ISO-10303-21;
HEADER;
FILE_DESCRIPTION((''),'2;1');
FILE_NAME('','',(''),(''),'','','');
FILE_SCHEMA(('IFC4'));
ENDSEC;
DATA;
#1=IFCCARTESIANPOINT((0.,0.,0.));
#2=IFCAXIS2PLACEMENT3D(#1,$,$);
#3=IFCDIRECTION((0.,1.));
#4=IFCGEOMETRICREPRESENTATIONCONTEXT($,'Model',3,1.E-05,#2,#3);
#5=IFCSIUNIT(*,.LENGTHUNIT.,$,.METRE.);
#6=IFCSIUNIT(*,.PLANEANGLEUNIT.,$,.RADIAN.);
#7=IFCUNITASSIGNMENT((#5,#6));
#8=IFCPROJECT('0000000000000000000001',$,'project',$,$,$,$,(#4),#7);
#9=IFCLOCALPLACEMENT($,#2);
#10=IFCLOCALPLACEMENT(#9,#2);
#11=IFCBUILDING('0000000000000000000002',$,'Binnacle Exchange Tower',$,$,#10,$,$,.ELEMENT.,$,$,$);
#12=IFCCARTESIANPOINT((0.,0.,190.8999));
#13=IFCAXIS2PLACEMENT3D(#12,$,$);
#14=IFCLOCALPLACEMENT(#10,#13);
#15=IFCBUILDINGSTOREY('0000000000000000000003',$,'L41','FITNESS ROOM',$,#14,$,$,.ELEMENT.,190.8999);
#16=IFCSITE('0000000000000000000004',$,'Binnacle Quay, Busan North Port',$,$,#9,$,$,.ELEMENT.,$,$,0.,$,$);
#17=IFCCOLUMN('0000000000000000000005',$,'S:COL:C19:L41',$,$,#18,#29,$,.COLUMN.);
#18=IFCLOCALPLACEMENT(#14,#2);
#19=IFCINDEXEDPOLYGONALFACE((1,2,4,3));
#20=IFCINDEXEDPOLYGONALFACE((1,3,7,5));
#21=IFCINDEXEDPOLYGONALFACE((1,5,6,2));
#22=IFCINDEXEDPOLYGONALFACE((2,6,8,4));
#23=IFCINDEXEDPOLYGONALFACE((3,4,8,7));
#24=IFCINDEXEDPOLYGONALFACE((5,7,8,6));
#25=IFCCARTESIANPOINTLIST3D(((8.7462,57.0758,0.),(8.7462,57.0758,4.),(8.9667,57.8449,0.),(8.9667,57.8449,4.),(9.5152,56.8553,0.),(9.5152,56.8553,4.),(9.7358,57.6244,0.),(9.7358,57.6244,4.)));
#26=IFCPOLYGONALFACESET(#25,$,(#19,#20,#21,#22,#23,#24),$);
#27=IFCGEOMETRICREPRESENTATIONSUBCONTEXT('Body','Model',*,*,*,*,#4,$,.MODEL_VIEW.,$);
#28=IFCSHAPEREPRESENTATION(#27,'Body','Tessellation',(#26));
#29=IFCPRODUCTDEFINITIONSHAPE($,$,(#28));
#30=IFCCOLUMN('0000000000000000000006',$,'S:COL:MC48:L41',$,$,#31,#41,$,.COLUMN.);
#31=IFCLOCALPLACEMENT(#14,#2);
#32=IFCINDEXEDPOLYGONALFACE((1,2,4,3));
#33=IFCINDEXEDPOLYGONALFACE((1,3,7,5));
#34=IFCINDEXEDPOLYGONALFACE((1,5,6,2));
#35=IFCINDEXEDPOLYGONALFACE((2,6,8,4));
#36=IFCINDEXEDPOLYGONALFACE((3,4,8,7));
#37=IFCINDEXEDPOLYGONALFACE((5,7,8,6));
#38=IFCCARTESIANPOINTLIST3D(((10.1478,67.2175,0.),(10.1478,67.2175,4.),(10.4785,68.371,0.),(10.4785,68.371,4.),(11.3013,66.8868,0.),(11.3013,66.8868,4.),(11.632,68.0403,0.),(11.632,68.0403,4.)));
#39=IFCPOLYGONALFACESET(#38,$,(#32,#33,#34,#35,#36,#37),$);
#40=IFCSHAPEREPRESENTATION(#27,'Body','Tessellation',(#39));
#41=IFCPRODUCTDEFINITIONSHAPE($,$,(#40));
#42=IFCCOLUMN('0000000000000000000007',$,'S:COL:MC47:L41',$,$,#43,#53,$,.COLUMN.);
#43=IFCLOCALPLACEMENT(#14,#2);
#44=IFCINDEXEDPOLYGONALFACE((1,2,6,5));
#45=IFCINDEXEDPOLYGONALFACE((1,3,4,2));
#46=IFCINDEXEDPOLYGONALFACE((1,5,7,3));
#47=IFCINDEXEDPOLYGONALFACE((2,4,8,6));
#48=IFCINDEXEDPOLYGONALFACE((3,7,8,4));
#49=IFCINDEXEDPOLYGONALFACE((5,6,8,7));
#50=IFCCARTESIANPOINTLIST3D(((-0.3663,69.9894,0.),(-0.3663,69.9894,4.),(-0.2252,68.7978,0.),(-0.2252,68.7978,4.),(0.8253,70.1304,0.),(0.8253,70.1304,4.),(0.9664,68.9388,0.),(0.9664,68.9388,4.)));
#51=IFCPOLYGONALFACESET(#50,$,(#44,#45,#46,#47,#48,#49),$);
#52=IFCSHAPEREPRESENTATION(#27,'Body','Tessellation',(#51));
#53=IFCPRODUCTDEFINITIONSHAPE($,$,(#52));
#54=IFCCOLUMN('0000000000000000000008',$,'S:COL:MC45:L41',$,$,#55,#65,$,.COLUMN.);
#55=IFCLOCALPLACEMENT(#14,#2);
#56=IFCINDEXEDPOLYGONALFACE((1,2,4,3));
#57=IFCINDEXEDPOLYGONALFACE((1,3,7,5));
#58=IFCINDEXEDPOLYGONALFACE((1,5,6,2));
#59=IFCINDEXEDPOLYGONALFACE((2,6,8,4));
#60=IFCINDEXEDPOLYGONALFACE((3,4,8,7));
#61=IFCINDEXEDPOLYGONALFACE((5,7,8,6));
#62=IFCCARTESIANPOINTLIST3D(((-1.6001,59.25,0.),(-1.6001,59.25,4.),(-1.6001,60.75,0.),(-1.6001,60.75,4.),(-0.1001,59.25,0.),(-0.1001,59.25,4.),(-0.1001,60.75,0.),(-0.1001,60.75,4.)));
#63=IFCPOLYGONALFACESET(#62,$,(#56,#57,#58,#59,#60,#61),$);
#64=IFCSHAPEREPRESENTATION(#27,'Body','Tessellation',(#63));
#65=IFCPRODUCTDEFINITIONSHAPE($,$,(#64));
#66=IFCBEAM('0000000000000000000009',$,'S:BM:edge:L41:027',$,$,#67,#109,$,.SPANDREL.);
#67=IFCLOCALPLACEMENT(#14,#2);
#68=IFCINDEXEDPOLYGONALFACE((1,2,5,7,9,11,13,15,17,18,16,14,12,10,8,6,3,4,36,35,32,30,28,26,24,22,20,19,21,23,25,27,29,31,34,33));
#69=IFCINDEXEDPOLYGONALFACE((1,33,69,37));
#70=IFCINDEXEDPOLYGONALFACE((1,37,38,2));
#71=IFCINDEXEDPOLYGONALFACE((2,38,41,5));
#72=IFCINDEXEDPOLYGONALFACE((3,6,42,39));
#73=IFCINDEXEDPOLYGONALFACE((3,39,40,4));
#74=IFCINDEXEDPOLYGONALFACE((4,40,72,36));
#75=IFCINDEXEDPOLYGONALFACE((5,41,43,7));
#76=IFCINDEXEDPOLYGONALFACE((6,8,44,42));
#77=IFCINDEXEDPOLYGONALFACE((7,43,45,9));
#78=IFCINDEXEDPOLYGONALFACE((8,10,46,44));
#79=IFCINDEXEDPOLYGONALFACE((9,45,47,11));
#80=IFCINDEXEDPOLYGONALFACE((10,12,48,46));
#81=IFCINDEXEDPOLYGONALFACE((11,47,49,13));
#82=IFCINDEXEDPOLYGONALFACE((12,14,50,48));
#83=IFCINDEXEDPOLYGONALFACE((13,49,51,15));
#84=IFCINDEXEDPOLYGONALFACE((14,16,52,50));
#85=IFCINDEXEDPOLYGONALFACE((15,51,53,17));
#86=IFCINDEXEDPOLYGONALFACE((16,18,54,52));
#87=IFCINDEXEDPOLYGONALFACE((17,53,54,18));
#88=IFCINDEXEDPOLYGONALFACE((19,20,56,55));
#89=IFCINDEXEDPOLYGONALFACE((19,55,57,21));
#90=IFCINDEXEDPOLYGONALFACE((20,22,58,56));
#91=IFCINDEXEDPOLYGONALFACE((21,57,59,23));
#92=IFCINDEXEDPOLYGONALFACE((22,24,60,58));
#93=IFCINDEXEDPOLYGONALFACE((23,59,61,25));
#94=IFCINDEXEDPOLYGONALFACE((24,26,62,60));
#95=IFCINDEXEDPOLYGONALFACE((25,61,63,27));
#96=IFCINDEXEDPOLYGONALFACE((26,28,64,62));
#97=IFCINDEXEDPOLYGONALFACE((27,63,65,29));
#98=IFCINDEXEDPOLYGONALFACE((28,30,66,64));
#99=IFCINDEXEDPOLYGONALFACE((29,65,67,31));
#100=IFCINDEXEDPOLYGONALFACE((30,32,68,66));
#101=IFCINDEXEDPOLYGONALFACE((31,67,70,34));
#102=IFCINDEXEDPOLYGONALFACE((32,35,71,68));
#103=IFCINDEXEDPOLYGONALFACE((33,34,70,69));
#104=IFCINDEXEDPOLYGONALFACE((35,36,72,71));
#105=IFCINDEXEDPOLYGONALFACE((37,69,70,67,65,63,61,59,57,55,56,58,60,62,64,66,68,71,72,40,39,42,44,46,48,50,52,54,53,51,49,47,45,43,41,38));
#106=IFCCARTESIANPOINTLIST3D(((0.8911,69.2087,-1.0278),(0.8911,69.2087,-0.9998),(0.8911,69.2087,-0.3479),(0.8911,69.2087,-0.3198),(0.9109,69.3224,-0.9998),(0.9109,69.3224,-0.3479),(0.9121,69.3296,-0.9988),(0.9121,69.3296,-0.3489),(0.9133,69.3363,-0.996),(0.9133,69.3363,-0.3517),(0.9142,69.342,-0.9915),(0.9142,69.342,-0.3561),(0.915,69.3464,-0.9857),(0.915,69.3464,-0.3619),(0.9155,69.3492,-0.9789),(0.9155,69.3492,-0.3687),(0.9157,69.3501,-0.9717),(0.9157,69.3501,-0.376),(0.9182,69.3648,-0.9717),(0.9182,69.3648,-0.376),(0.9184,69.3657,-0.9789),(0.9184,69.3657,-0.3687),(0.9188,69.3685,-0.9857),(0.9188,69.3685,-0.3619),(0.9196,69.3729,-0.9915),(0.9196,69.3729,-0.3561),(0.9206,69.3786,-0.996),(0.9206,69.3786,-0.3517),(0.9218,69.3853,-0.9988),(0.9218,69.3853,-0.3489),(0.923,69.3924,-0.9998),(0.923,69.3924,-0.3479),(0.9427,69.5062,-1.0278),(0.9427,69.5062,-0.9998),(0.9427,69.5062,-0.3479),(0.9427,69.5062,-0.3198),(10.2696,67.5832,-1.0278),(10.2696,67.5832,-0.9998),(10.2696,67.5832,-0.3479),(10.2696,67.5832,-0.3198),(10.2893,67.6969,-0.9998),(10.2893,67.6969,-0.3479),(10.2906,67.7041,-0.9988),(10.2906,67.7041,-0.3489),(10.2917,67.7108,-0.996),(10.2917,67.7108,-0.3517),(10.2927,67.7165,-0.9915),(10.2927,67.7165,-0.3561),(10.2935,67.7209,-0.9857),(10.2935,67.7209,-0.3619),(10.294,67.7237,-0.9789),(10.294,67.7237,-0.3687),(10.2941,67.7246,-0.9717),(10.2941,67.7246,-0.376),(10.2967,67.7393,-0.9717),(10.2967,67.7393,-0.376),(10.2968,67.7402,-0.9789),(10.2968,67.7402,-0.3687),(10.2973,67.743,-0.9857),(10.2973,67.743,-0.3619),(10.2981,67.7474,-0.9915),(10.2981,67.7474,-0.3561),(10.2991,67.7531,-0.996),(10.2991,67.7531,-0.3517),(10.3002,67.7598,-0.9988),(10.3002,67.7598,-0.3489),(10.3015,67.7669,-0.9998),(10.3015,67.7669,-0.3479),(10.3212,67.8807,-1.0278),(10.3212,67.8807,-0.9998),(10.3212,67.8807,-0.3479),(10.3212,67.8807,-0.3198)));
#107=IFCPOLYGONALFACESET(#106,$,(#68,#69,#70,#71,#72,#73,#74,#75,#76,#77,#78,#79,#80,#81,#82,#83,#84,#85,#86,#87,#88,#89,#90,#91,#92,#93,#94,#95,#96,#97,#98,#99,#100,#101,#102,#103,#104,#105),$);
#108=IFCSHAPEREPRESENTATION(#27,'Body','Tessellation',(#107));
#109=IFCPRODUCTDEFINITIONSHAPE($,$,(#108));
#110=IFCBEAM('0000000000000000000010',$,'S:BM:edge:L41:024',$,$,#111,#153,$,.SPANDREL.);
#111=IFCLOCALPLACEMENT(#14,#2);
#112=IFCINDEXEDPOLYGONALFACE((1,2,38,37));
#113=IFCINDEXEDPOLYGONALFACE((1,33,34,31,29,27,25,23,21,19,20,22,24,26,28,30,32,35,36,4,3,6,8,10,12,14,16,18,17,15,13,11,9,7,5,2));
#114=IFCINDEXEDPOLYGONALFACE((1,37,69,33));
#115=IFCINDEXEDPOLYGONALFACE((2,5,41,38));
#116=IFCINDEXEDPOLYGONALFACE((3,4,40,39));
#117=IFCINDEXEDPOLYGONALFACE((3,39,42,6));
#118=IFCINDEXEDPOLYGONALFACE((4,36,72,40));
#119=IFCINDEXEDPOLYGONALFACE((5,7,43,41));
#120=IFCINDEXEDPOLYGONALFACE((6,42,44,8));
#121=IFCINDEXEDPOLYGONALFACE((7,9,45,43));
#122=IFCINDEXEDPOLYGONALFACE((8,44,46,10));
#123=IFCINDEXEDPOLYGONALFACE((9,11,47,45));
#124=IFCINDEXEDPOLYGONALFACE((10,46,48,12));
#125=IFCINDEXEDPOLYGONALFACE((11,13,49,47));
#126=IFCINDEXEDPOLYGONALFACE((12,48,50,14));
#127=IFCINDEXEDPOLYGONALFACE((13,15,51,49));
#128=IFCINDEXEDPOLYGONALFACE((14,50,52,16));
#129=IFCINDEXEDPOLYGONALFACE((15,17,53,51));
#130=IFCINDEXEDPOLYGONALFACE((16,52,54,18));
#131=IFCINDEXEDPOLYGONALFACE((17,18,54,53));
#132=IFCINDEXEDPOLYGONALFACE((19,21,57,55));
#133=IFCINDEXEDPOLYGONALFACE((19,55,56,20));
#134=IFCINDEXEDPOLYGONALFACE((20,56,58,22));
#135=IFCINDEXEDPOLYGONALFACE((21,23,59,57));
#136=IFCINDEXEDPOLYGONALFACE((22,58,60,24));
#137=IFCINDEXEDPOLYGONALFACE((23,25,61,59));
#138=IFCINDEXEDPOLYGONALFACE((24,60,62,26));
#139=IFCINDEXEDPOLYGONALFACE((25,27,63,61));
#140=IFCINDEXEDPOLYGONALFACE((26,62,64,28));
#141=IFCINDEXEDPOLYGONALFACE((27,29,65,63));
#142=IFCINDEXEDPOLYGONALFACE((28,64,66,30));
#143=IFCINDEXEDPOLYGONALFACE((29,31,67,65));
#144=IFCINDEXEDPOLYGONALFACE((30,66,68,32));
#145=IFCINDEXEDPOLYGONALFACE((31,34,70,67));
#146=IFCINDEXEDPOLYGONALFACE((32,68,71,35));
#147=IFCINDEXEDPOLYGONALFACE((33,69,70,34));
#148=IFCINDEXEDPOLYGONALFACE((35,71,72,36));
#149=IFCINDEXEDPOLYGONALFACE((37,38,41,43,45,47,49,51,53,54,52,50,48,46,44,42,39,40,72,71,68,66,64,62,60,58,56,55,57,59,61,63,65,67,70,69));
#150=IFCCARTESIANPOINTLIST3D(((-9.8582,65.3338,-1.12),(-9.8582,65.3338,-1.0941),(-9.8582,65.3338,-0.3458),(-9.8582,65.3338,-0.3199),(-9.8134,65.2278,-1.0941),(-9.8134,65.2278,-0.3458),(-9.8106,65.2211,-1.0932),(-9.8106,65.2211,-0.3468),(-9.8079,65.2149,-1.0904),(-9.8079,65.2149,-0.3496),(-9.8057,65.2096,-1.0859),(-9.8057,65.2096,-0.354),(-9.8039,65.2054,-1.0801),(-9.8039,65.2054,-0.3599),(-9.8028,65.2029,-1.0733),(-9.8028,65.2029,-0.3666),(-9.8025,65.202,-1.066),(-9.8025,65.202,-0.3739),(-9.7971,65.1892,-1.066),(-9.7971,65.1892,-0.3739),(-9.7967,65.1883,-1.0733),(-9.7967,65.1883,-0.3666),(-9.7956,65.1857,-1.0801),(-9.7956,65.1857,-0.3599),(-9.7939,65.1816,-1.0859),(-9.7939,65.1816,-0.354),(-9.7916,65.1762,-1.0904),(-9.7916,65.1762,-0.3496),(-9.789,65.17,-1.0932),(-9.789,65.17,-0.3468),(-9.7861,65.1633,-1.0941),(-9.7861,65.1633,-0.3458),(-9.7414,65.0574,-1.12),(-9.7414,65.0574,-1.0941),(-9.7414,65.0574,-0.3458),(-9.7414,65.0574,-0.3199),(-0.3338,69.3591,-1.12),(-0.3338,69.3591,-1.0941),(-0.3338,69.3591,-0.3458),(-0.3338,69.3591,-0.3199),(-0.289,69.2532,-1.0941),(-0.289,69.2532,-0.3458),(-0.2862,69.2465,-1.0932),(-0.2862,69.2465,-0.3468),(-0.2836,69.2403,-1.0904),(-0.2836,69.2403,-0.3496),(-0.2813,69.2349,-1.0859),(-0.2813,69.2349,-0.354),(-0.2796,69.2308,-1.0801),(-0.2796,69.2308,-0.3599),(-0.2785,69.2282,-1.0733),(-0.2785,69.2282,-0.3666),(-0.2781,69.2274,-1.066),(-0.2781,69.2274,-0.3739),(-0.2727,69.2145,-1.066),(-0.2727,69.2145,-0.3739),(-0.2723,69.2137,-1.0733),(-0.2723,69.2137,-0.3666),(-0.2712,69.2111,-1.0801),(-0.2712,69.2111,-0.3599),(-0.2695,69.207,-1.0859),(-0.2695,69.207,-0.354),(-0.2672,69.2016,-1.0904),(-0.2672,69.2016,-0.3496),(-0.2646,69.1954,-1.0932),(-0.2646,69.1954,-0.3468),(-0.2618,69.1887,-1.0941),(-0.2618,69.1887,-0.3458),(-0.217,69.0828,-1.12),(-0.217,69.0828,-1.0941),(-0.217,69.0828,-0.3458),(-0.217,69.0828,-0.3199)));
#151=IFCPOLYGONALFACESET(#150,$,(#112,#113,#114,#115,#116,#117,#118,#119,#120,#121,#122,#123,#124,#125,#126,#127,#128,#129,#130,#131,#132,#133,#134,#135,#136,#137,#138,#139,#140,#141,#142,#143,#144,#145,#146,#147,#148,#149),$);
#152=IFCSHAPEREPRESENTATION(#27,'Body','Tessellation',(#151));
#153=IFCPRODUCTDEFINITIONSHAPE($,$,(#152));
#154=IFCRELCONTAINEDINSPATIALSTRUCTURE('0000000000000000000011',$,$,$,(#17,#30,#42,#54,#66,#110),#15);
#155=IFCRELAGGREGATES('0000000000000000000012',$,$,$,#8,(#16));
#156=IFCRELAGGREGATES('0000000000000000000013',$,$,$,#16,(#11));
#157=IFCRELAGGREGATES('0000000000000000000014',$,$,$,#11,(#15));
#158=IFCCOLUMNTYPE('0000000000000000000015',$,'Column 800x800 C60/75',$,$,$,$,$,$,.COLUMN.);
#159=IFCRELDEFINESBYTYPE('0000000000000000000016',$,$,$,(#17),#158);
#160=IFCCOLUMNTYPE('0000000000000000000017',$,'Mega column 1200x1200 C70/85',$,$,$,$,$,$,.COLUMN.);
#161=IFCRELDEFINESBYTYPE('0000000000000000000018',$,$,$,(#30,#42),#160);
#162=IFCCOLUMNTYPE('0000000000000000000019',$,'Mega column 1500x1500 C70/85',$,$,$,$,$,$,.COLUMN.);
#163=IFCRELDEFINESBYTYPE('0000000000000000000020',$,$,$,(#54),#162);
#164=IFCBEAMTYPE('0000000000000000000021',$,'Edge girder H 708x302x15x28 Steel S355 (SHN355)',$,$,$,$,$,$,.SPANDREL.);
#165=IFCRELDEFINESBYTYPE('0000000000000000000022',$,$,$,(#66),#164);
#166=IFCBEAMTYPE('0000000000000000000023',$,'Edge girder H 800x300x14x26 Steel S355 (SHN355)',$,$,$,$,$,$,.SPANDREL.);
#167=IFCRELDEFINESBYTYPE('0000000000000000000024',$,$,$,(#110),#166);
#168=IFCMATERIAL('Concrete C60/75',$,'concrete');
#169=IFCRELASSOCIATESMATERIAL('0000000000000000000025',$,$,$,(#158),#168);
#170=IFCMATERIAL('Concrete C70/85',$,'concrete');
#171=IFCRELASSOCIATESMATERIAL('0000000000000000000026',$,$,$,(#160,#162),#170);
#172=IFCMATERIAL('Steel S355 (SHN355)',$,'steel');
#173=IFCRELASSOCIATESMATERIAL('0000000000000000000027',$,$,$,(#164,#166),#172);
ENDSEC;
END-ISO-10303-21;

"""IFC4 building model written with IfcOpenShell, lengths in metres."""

from ifc_helpers import new_model, si_unit, direction, frame, origin, origin_2d, place, context, subcontext, project, spatial, rectangle, i_section, extrude, material, material_profile, profile_set, type_object, element, save


model = new_model("IFC4")

# Units and contexts
model_context = context("Model", 3, precision=1e-05, world=origin(), true_north=direction((0.0, 1.0)))
body_context = subcontext(model_context, "Body", "Model", "MODEL_VIEW")
ifc_project = project(units=[si_unit("LENGTHUNIT", "METRE"), si_unit("PLANEANGLEUNIT", "RADIAN")], contexts=[model_context])

# Site, building, storey
site_placement = place(None, origin())
site = spatial("IfcSite", under=ifc_project, at=site_placement, Name="Binnacle Quay, Busan North Port", CompositionType="ELEMENT", RefElevation=0.0)
building_placement = place(site_placement, origin())
building = spatial("IfcBuilding", under=site, at=building_placement, Name="Binnacle Exchange Tower", CompositionType="ELEMENT")
storey_placement = place(building_placement, frame((0.0, 0.0, 190.8999)))
storey = spatial("IfcBuildingStorey", under=building, at=storey_placement, Name="L41", Description="FITNESS ROOM", CompositionType="ELEMENT", Elevation=190.8999)

# Columns
ifc_material_1 = material(Name="Concrete C60/75", Category="concrete")
ifc_material_profile_1 = material_profile(ifc_material_1, rectangle(XDim=0.8, YDim=0.8, at=origin_2d()), Name="Column 800x800 C60/75")
ifc_profile_set_1 = profile_set([ifc_material_profile_1], Name="Concrete C60/75")
column_type_1 = type_object("IfcColumnType", Name="Column 800x800 C60/75", PredefinedType="COLUMN", material=ifc_profile_set_1)
column_1_placement = place(storey_placement, frame((9.241, 57.3501, 0.0), z_axis=(0.0, 0.0, 1.0), x_axis=(0.961262, -0.275637, 0.0)))
element("IfcColumn", 1, at=column_1_placement, inside=storey, type_object=column_type_1, Name="S:COL:C19:L41", PredefinedType="COLUMN", context=body_context, shape_type="SweptSolid", body=[
    extrude(rectangle(XDim=0.8, YDim=0.8, at=origin_2d()), origin(), (0.0, 0.0, 1.0), 4.0),
])
ifc_material_2 = material(Name="Concrete C70/85", Category="concrete")
ifc_material_profile_2 = material_profile(ifc_material_2, rectangle(XDim=1.2, YDim=1.2, at=origin_2d()), Name="Mega column 1200x1200 C70/85")
ifc_profile_set_2 = profile_set([ifc_material_profile_2], Name="Concrete C70/85")
column_type_2 = type_object("IfcColumnType", Name="Mega column 1200x1200 C70/85", PredefinedType="COLUMN", material=ifc_profile_set_2)
for number, where, z_axis, x_axis, name in (
    (2, (10.8899, 67.6289, 0.0), (0.0, 0.0, 1.0), (-0.961262, 0.275637, 0.0), "S:COL:MC48:L41"),
    (3, (0.3, 69.4641, 0.0), (0.0, 0.0, 1.0), (-0.993068, -0.117537, 0.0), "S:COL:MC47:L41"),
):
    element("IfcColumn", number, at=place(storey_placement, frame(where, z_axis=z_axis, x_axis=x_axis)), inside=storey, type_object=column_type_2, Name=name, PredefinedType="COLUMN", context=body_context, shape_type="SweptSolid", body=[
        extrude(rectangle(XDim=1.2, YDim=1.2, at=origin_2d()), origin(), (0.0, 0.0, 1.0), 4.0),
    ])
ifc_material_profile_3 = material_profile(ifc_material_2, rectangle(XDim=1.5, YDim=1.5, at=origin_2d()), Name="Mega column 1500x1500 C70/85")
ifc_profile_set_3 = profile_set([ifc_material_profile_3], Name="Concrete C70/85")
column_type_3 = type_object("IfcColumnType", Name="Mega column 1500x1500 C70/85", PredefinedType="COLUMN", material=ifc_profile_set_3)
column_2_placement = place(storey_placement, frame((-0.8501, 60.0, 0.0), z_axis=(0.0, 0.0, 1.0), x_axis=(0.0, 1.0, 0.0)))
element("IfcColumn", 4, at=column_2_placement, inside=storey, type_object=column_type_3, Name="S:COL:MC45:L41", PredefinedType="COLUMN", context=body_context, shape_type="SweptSolid", body=[
    extrude(rectangle(XDim=1.5, YDim=1.5, at=origin_2d()), origin(), (0.0, 0.0, 1.0), 4.0),
])

# Beams
ifc_material_3 = material(Name="Steel S355 (SHN355)", Category="steel")
ifc_material_profile_4 = material_profile(ifc_material_3, i_section(OverallWidth=0.302, OverallDepth=0.708, WebThickness=0.0149, FlangeThickness=0.0281, FilletRadius=0.0281, at=origin_2d()), Name="H 708x302x15x28")
ifc_profile_set_4 = profile_set([ifc_material_profile_4], Name="Steel S355 (SHN355)")
beam_type_1 = type_object("IfcBeamType", Name="Edge girder H 708x302x15x28 Steel S355 (SHN355)", PredefinedType="SPANDREL", material=ifc_profile_set_4)
beam_1_placement = place(storey_placement, frame((10.2954, 67.7319, -0.6738), z_axis=(-0.98531, 0.170776, 0.0), x_axis=(-0.170776, -0.98531, 0.0)))
element("IfcBeam", 5, at=beam_1_placement, inside=storey, type_object=beam_type_1, Name="S:BM:edge:L41:027", PredefinedType="SPANDREL", context=body_context, shape_type="SweptSolid", body=[
    extrude(i_section(OverallWidth=0.302, OverallDepth=0.708, WebThickness=0.0149, FlangeThickness=0.0281, FilletRadius=0.0281, at=origin_2d()), origin(), (0.0, 0.0, 1.0), 9.5183),
])
ifc_material_profile_5 = material_profile(ifc_material_3, i_section(OverallWidth=0.3, OverallDepth=0.8, WebThickness=0.0139, FlangeThickness=0.0259, FilletRadius=0.0281, at=origin_2d()), Name="H 800x300x14x26")
ifc_profile_set_5 = profile_set([ifc_material_profile_5], Name="Steel S355 (SHN355)")
beam_type_2 = type_object("IfcBeamType", Name="Edge girder H 800x300x14x26 Steel S355 (SHN355)", PredefinedType="SPANDREL", material=ifc_profile_set_5)
beam_2_placement = place(storey_placement, frame((-0.2754, 69.2209, -0.72), z_axis=(-0.921112, -0.389298, 0.0), x_axis=(0.389298, -0.921112, 0.0)))
element("IfcBeam", 6, at=beam_2_placement, inside=storey, type_object=beam_type_2, Name="S:BM:edge:L41:024", PredefinedType="SPANDREL", context=body_context, shape_type="SweptSolid", body=[
    extrude(i_section(OverallWidth=0.3, OverallDepth=0.8, WebThickness=0.0139, FlangeThickness=0.0259, FilletRadius=0.0281, at=origin_2d()), origin(), (0.0, 0.0, 1.0), 10.3401),
])

save(model, "model.ifc")
